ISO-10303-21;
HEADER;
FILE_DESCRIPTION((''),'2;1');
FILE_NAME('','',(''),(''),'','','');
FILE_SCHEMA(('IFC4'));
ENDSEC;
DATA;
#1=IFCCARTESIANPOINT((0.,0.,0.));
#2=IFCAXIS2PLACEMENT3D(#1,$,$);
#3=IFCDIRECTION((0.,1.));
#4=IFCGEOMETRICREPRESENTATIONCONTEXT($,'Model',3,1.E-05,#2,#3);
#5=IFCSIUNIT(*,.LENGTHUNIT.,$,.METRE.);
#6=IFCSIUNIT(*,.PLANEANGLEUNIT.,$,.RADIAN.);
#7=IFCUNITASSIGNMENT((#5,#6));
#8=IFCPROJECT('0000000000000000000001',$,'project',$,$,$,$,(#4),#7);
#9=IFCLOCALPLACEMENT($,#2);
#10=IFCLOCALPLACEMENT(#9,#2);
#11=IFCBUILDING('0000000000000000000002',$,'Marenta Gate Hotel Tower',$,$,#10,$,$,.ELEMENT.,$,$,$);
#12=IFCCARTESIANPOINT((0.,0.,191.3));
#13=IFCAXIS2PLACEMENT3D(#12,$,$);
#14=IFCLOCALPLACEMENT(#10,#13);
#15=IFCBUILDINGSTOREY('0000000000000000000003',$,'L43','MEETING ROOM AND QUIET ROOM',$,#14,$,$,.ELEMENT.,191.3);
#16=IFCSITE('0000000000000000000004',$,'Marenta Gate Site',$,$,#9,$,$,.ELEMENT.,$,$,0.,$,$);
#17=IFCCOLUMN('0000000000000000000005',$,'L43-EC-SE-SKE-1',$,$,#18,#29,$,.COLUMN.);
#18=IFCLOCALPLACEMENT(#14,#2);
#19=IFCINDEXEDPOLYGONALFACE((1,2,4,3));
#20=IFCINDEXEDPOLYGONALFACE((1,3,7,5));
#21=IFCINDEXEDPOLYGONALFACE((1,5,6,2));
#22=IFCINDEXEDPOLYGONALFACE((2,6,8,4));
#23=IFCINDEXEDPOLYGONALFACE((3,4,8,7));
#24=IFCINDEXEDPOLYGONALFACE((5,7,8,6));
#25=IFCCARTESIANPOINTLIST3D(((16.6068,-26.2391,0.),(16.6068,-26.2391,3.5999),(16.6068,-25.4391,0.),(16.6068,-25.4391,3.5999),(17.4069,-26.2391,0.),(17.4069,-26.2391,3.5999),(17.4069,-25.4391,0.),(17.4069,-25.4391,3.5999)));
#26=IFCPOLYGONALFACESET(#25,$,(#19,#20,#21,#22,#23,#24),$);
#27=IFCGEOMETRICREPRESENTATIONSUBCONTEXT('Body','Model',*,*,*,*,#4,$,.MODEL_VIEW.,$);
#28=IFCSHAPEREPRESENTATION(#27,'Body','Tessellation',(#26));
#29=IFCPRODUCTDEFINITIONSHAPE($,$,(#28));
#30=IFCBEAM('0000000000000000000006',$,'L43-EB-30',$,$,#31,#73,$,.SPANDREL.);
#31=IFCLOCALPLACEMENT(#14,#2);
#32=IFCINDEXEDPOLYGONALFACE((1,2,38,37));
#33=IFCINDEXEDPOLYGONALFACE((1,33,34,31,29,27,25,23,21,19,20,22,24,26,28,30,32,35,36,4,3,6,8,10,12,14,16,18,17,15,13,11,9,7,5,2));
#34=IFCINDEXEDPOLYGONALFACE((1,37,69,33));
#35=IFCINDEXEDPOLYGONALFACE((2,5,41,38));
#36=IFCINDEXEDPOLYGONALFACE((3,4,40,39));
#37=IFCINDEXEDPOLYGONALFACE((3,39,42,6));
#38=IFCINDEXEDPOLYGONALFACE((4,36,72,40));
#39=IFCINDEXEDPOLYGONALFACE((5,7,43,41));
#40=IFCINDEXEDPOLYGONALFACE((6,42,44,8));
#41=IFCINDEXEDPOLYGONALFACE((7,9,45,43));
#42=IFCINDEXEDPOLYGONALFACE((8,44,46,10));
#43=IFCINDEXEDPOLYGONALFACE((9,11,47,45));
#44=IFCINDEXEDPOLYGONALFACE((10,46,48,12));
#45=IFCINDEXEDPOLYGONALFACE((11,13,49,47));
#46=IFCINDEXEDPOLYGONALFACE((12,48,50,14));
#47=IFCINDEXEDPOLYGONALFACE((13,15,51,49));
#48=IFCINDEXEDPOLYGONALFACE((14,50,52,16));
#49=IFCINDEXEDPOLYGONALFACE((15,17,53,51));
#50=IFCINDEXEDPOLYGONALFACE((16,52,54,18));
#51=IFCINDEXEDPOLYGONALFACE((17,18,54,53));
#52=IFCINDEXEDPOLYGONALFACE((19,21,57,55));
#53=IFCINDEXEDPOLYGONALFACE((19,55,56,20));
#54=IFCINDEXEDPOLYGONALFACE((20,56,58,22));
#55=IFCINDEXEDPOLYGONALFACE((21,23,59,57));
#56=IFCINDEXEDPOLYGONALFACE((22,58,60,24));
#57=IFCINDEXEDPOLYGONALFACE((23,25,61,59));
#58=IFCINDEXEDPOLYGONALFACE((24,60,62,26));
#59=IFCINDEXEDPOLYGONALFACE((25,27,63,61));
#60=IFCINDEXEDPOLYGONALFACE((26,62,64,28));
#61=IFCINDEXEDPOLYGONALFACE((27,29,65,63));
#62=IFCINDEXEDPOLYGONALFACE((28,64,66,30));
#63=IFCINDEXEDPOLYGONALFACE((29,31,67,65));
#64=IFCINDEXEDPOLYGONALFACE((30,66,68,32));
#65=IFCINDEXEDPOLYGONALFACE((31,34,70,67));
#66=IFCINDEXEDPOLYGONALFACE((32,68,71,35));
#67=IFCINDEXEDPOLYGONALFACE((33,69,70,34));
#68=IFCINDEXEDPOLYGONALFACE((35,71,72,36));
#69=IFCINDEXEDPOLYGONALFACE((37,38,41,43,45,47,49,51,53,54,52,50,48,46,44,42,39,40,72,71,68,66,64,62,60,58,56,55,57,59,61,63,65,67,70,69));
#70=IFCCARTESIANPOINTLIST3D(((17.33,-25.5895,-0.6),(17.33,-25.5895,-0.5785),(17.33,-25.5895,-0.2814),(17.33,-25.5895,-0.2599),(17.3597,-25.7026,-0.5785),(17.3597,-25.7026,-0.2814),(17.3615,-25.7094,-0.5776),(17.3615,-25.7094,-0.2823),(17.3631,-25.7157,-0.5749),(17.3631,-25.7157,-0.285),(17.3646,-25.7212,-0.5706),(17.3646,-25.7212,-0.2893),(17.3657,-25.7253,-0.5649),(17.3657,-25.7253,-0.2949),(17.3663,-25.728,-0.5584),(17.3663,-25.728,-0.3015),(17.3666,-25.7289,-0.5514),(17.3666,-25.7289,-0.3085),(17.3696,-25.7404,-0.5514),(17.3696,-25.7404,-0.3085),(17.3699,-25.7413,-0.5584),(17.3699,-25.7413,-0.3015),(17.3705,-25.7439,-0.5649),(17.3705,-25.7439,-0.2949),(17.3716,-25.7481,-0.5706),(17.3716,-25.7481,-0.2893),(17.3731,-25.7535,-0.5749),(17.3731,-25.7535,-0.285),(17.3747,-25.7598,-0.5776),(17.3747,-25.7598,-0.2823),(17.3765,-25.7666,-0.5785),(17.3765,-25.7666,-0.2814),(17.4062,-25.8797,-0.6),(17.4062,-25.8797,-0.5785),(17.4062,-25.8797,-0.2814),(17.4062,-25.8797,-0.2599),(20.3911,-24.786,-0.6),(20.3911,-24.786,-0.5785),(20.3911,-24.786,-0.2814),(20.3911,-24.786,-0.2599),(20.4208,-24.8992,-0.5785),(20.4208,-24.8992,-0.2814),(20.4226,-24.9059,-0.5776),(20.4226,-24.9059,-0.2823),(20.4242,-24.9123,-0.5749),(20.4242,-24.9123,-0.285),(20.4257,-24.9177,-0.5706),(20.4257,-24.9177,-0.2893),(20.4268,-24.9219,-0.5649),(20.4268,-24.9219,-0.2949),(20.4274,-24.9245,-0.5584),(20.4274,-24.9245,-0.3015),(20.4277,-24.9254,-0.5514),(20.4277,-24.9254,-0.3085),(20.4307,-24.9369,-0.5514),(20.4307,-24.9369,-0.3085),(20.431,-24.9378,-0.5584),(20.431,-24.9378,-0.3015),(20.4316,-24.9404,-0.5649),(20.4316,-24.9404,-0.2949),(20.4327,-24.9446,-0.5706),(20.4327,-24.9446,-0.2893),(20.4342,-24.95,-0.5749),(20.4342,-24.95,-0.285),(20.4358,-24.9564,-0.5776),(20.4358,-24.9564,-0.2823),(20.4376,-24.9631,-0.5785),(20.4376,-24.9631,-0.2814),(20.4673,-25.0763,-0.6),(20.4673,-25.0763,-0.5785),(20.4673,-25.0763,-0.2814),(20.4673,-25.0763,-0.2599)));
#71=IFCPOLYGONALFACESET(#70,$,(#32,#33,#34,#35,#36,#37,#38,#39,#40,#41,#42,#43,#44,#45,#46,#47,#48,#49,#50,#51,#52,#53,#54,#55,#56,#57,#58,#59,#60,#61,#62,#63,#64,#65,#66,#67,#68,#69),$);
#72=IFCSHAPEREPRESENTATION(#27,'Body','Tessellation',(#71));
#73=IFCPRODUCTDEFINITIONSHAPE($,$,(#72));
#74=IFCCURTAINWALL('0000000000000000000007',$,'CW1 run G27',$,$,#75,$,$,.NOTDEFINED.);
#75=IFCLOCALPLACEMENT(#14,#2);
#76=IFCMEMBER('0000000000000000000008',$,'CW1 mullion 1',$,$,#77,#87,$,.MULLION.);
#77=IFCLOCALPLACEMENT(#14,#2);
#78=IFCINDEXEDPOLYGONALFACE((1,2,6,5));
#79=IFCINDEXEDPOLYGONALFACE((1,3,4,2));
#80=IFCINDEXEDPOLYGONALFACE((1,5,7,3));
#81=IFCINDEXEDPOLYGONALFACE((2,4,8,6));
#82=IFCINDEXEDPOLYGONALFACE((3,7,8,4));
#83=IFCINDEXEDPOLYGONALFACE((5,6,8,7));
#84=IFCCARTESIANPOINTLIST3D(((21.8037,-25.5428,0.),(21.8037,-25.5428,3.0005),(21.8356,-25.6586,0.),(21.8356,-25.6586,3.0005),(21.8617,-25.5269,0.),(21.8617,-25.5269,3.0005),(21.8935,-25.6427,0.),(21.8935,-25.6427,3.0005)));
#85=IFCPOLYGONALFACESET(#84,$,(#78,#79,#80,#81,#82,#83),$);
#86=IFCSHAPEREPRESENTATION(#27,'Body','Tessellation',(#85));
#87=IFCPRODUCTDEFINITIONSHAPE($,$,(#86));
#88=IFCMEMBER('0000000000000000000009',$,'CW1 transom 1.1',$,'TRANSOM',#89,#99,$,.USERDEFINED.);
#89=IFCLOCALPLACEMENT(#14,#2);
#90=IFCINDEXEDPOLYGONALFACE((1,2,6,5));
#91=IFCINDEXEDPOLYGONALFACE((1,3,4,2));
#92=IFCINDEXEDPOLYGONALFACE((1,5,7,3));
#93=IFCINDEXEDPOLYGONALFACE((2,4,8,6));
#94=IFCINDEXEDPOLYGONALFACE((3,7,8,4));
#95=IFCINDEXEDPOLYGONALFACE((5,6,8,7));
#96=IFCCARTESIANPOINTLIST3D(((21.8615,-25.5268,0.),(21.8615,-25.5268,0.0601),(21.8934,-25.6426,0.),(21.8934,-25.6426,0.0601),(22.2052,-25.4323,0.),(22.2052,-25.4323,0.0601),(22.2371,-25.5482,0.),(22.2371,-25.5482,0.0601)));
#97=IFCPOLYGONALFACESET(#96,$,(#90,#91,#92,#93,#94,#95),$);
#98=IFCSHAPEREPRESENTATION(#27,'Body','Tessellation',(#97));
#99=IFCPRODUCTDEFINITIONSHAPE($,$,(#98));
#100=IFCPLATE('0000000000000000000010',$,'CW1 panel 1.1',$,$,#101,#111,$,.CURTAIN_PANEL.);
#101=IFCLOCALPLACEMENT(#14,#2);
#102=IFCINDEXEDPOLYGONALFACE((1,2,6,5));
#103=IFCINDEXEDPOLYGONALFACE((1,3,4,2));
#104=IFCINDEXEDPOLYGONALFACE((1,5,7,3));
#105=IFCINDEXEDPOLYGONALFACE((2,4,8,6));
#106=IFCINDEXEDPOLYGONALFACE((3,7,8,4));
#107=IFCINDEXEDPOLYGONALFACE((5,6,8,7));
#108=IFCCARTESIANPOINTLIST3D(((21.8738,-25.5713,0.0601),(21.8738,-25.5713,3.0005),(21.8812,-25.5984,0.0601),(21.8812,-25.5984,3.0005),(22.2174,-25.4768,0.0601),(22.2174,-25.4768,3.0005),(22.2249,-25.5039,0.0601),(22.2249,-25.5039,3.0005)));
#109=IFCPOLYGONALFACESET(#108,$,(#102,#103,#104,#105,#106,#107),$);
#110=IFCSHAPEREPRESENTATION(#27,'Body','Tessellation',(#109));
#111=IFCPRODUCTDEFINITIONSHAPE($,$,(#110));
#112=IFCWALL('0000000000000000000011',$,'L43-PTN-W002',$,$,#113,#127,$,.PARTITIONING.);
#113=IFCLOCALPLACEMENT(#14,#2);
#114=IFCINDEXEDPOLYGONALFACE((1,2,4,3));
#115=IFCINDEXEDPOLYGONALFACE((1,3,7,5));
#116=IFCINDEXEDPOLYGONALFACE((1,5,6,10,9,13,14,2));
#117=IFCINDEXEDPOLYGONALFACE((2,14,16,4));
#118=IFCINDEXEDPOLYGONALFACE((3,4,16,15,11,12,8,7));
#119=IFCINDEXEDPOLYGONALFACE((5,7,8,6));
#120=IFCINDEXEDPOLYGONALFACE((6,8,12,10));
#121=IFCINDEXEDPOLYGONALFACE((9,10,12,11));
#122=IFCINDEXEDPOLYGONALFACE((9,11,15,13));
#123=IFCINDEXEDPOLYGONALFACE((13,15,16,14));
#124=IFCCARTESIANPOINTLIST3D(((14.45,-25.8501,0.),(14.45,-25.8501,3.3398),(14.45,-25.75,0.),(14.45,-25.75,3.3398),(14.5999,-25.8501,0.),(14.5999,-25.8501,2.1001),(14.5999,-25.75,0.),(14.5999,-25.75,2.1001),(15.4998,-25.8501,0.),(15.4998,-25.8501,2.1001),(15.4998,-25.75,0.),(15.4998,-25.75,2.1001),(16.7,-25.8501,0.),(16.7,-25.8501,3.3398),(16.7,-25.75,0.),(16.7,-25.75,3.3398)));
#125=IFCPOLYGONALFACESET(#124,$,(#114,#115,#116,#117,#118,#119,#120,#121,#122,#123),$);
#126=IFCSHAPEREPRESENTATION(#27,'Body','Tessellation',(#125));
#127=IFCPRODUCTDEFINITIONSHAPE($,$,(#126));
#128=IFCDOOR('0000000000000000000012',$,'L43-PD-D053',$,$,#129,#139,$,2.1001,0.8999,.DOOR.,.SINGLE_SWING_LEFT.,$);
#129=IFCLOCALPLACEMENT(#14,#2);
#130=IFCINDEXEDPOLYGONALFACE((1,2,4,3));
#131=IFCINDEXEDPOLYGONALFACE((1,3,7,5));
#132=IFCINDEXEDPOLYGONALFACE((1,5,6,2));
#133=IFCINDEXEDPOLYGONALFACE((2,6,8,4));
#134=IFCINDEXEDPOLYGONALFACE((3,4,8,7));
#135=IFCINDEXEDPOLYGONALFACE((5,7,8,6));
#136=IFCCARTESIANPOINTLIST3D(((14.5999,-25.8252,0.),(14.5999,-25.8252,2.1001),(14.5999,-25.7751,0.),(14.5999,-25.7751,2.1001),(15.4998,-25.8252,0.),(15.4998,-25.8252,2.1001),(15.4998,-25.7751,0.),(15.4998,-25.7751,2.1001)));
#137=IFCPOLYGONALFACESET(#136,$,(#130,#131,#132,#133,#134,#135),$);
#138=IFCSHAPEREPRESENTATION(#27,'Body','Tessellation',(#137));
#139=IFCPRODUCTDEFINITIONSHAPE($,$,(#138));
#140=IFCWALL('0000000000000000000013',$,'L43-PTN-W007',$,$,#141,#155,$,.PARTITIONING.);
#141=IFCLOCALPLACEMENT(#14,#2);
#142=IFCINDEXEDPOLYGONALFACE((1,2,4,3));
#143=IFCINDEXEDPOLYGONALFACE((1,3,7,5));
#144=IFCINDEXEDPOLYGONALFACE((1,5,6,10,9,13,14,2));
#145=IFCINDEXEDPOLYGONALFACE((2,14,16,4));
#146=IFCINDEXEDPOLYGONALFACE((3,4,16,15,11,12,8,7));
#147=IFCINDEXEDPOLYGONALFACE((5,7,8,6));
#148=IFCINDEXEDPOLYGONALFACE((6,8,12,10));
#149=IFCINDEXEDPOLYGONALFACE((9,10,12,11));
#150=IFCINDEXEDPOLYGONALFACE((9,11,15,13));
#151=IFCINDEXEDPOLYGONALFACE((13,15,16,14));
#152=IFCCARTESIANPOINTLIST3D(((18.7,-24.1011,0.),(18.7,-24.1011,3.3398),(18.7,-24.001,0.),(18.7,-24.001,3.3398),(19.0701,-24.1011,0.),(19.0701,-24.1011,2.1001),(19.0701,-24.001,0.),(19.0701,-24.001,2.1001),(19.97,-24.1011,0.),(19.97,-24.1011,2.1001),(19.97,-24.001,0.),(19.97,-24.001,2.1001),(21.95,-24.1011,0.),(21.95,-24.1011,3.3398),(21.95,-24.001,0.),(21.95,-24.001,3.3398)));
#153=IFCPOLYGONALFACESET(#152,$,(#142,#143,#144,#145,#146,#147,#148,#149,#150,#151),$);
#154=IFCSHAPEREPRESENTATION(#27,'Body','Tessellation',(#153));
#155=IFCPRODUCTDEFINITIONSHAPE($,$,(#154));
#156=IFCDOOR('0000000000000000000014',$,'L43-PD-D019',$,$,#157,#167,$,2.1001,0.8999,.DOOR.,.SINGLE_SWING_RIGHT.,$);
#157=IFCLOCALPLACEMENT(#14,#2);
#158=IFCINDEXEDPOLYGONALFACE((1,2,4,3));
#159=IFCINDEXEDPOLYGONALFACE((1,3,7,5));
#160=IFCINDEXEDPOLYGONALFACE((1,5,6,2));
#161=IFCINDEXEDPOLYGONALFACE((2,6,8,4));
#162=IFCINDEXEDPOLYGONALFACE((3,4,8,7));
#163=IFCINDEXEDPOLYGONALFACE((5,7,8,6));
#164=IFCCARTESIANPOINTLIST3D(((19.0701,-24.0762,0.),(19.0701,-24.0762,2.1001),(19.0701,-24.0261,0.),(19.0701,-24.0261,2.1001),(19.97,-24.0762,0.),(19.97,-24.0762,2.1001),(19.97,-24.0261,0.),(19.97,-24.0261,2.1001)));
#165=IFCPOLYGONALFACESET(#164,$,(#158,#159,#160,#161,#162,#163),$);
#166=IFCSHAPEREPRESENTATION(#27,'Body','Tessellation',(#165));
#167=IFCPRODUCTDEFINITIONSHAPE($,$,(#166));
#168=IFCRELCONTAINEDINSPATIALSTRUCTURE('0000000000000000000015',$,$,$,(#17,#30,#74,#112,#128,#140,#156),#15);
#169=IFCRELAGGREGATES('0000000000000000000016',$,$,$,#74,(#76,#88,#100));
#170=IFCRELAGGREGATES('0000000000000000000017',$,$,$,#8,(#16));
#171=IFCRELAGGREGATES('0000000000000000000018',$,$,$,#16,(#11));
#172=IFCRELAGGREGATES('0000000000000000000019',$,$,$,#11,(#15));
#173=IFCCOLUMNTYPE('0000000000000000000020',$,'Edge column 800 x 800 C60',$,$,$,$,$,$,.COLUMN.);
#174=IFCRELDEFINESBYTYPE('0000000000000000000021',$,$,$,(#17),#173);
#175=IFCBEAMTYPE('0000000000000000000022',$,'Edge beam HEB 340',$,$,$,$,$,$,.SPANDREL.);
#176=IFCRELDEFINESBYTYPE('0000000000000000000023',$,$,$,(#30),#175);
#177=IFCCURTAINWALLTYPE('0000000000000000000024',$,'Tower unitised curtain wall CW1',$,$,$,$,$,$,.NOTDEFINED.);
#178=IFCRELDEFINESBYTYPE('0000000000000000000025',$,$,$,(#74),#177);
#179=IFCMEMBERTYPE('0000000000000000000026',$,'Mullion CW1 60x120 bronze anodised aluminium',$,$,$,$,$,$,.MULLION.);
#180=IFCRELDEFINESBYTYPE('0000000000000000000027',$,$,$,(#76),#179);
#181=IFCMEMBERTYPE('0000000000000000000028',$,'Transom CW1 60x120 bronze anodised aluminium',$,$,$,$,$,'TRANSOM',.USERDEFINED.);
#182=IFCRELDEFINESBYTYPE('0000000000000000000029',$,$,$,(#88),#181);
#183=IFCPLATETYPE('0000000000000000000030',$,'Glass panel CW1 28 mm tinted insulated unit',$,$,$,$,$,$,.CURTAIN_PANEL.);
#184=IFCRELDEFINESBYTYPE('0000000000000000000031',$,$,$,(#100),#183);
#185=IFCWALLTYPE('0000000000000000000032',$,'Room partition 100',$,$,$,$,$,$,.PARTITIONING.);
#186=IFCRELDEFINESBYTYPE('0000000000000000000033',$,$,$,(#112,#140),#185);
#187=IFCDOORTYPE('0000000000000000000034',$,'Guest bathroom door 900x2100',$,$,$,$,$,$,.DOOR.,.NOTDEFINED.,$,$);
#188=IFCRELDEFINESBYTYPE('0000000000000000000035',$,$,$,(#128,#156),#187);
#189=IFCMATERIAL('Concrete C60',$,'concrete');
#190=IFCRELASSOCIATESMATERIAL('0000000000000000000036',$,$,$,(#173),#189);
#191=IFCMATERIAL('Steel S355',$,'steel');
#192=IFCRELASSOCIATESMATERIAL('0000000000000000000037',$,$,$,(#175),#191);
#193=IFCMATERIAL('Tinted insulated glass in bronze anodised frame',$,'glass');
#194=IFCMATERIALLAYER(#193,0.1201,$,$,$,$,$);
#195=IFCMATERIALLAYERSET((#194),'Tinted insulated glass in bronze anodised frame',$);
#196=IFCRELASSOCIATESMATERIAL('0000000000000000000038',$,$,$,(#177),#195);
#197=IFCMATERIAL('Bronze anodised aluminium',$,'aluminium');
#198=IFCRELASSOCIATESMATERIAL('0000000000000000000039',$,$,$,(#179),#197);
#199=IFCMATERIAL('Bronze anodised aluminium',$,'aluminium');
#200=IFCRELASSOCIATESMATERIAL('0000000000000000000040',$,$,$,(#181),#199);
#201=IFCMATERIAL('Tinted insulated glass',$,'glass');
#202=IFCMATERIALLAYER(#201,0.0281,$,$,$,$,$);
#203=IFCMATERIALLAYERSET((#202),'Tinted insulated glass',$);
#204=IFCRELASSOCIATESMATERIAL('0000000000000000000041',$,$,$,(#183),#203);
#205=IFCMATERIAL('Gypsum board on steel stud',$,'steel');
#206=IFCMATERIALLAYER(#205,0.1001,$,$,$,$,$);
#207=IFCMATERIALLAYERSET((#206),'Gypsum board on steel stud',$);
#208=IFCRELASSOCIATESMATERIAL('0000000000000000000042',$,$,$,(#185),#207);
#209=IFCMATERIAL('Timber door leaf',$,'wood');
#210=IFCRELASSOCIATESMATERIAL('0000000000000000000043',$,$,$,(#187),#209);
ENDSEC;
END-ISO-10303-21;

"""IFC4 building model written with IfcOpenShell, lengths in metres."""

from ifc_helpers import new_model, si_unit, direction, frame, frame_2d, origin, origin_2d, place, context, subcontext, project, spatial, rectangle, i_section, extrude, material, layer, layer_set, material_profile, profile_set, type_object, element, fill, aggregate, save


model = new_model("IFC4")

# Units and contexts
model_context = context("Model", 3, precision=1e-05, world=origin(), true_north=direction((0.0, 1.0)))
body_context = subcontext(model_context, "Body", "Model", "MODEL_VIEW")
ifc_project = project(units=[si_unit("LENGTHUNIT", "METRE"), si_unit("PLANEANGLEUNIT", "RADIAN")], contexts=[model_context])

# Site, building, storey
site_placement = place(None, origin())
site = spatial("IfcSite", under=ifc_project, at=site_placement, Name="Marenta Gate Site", CompositionType="ELEMENT", RefElevation=0.0)
building_placement = place(site_placement, origin())
building = spatial("IfcBuilding", under=site, at=building_placement, Name="Marenta Gate Hotel Tower", CompositionType="ELEMENT")
storey_placement = place(building_placement, frame((0.0, 0.0, 191.3)))
storey = spatial("IfcBuildingStorey", under=building, at=storey_placement, Name="L43", Description="MEETING ROOM AND QUIET ROOM", CompositionType="ELEMENT", Elevation=191.3)

# Column
ifc_material_1 = material(Name="Concrete C60", Category="concrete")
ifc_material_profile_1 = material_profile(ifc_material_1, rectangle(XDim=0.8, YDim=0.8, at=origin_2d()), Name="800 x 800")
ifc_profile_set_1 = profile_set([ifc_material_profile_1], Name="Concrete C60")
column_type = type_object("IfcColumnType", Name="Edge column 800 x 800 C60", PredefinedType="COLUMN", material=ifc_profile_set_1)
column_placement = place(storey_placement, frame((17.0068, -25.8391, 0.0), z_axis=(0.0, 0.0, 1.0), x_axis=(1.0, 0.0, 0.0)))
element("IfcColumn", 1, at=column_placement, inside=storey, type_object=column_type, Name="L43-EC-SE-SKE-1", PredefinedType="COLUMN", context=body_context, shape_type="SweptSolid", body=[
    extrude(rectangle(XDim=0.8, YDim=0.8, at=origin_2d()), origin(), (0.0, 0.0, 1.0), 3.5999),
])

# Beam
ifc_material_2 = material(Name="Steel S355", Category="steel")
ifc_material_profile_2 = material_profile(ifc_material_2, i_section(OverallWidth=0.3, OverallDepth=0.3401, WebThickness=0.012, FlangeThickness=0.0215, FilletRadius=0.0271, at=origin_2d()), Name="HEB 340")
ifc_profile_set_2 = profile_set([ifc_material_profile_2], Name="Steel S355")
beam_type = type_object("IfcBeamType", Name="Edge beam HEB 340", PredefinedType="SPANDREL", material=ifc_profile_set_2)
beam_placement = place(storey_placement, frame((20.4292, -24.9312, -0.4299), z_axis=(-0.967235, -0.253882, 0.0), x_axis=(0.253882, -0.967235, 0.0)))
element("IfcBeam", 2, at=beam_placement, inside=storey, type_object=beam_type, Name="L43-EB-30", PredefinedType="SPANDREL", context=body_context, shape_type="SweptSolid", body=[
    extrude(i_section(OverallWidth=0.3, OverallDepth=0.3401, WebThickness=0.012, FlangeThickness=0.0215, FilletRadius=0.0271, at=origin_2d()), origin(), (0.0, 0.0, 1.0), 3.1648),
])

# Curtain wall, members, plate
ifc_material_3 = material(Name="Tinted insulated glass in bronze anodised frame", Category="glass")
ifc_layer_1 = layer(ifc_material_3, 0.1201)
ifc_layer_set_1 = layer_set([ifc_layer_1], Name="Tinted insulated glass in bronze anodised frame")
curtain_wall_type = type_object("IfcCurtainWallType", Name="Tower unitised curtain wall CW1", PredefinedType="NOTDEFINED", material=ifc_layer_set_1)
curtain_wall_placement = place(storey_placement, origin())
curtain_wall = element("IfcCurtainWall", 3, at=curtain_wall_placement, inside=storey, type_object=curtain_wall_type, Name="CW1 run G27", PredefinedType="NOTDEFINED")
ifc_material_4 = material(Name="Bronze anodised aluminium", Category="aluminium")
ifc_material_profile_3 = material_profile(ifc_material_4, rectangle(XDim=0.1201, YDim=0.0601, at=origin_2d()), Name="Mullion CW1 60x120 bronze anodised aluminium")
ifc_profile_set_3 = profile_set([ifc_material_profile_3], Name="Bronze anodised aluminium")
member_type_1 = type_object("IfcMemberType", Name="Mullion CW1 60x120 bronze anodised aluminium", PredefinedType="MULLION", material=ifc_profile_set_3)
member_1_placement = place(storey_placement, frame((21.8486, -25.5928, 0.0), z_axis=(0.0, 0.0, 1.0), x_axis=(-0.265283, 0.964171, 0.0)))
member_1 = element("IfcMember", 4, at=member_1_placement, type_object=member_type_1, Name="CW1 mullion 1", PredefinedType="MULLION", context=body_context, shape_type="SweptSolid", body=[
    extrude(rectangle(XDim=0.1201, YDim=0.0601, at=origin_2d()), origin(), (0.0, 0.0, 1.0), 3.0005),
])
ifc_material_5 = material(Name="Bronze anodised aluminium", Category="aluminium")
ifc_material_profile_4 = material_profile(ifc_material_5, rectangle(XDim=0.1201, YDim=0.0601, at=origin_2d()), Name="Transom CW1 60x120 bronze anodised aluminium")
ifc_profile_set_4 = profile_set([ifc_material_profile_4], Name="Bronze anodised aluminium")
member_type_2 = type_object("IfcMemberType", Name="Transom CW1 60x120 bronze anodised aluminium", ElementType="TRANSOM", PredefinedType="USERDEFINED", material=ifc_profile_set_4)
member_2_placement = place(storey_placement, frame((21.8774, -25.5847, 0.03), z_axis=(0.96424, 0.265029, 0.0), x_axis=(-0.265029, 0.96424, 0.0)))
member_2 = element("IfcMember", 5, at=member_2_placement, type_object=member_type_2, Name="CW1 transom 1.1", ObjectType="TRANSOM", PredefinedType="USERDEFINED", context=body_context, shape_type="SweptSolid", body=[
    extrude(rectangle(XDim=0.1201, YDim=0.0601, at=origin_2d()), origin(), (0.0, 0.0, 1.0), 0.3564),
])
ifc_material_6 = material(Name="Tinted insulated glass", Category="glass")
ifc_layer_2 = layer(ifc_material_6, 0.0281)
ifc_layer_set_2 = layer_set([ifc_layer_2], Name="Tinted insulated glass")
plate_type = type_object("IfcPlateType", Name="Glass panel CW1 28 mm tinted insulated unit", PredefinedType="CURTAIN_PANEL", material=ifc_layer_set_2)
plate_placement = place(storey_placement, frame((22.0493, -25.5376, 0.0601), z_axis=(0.0, 0.0, 1.0), x_axis=(0.964171, 0.265283, 0.0)))
plate = element("IfcPlate", 6, at=plate_placement, type_object=plate_type, Name="CW1 panel 1.1", PredefinedType="CURTAIN_PANEL", context=body_context, shape_type="SweptSolid", body=[
    extrude(rectangle(XDim=0.3564, YDim=0.0281, at=origin_2d()), origin(), (0.0, 0.0, 1.0), 2.9404),
])
aggregate(curtain_wall, [member_1, member_2, plate])

# Walls, openings, doors
ifc_material_7 = material(Name="Gypsum board on steel stud", Category="steel")
ifc_layer_3 = layer(ifc_material_7, 0.1001)
ifc_layer_set_3 = layer_set([ifc_layer_3], Name="Gypsum board on steel stud")
wall_type_1 = type_object("IfcWallType", Name="Room partition 100", PredefinedType="PARTITIONING", material=ifc_layer_set_3)
wall_1_placement = place(storey_placement, frame((14.45, -25.8, 0.0), z_axis=(0.0, 0.0, 1.0), x_axis=(1.0, 0.0, 0.0)))
wall_1 = element("IfcWall", 7, at=wall_1_placement, inside=storey, type_object=wall_type_1, Name="L43-PTN-W002", PredefinedType="PARTITIONING", context=body_context, shape_type="SweptSolid", body=[
    extrude(rectangle(XDim=2.25, YDim=0.1001, at=frame_2d((1.125, 0.0))), origin(), (0.0, 0.0, 1.0), 3.3398),
])
opening_1_placement = place(wall_1_placement, frame((0.1499, 0.0, 0.0)))
opening_1 = element("IfcOpeningElement", 8, at=opening_1_placement, cuts=wall_1, PredefinedType="OPENING", context=body_context, shape_type="SweptSolid", body=[
    extrude(rectangle(XDim=0.8999, YDim=2.1001, at=frame_2d((0.45, 1.05))), frame((0.0, 0.05, 0.0), z_axis=(0.0, -1.0, 0.0), x_axis=(1.0, 0.0, 0.0)), (0.0, 0.0, 1.0), 0.1001),
])
ifc_material_8 = material(Name="Timber door leaf", Category="wood")
door_type = type_object("IfcDoorType", Name="Guest bathroom door 900x2100", OperationType="NOTDEFINED", PredefinedType="DOOR", material=ifc_material_8)
door_1_placement = place(opening_1_placement, origin())
door_1 = element("IfcDoor", 9, at=door_1_placement, inside=storey, type_object=door_type, Name="L43-PD-D053", OperationType="SINGLE_SWING_LEFT", OverallHeight=2.1001, OverallWidth=0.8999, PredefinedType="DOOR", context=body_context, shape_type="SweptSolid", body=[
    extrude(rectangle(XDim=0.8999, YDim=2.1001, at=frame_2d((0.45, 1.05))), frame((0.0, 0.0249, 0.0), z_axis=(0.0, -1.0, 0.0), x_axis=(1.0, 0.0, 0.0)), (0.0, 0.0, 1.0), 0.05),
])
fill(opening_1, door_1)
wall_2_placement = place(storey_placement, frame((18.7, -24.051, 0.0), z_axis=(0.0, 0.0, 1.0), x_axis=(1.0, 0.0, 0.0)))
wall_2 = element("IfcWall", 10, at=wall_2_placement, inside=storey, type_object=wall_type_1, Name="L43-PTN-W007", PredefinedType="PARTITIONING", context=body_context, shape_type="SweptSolid", body=[
    extrude(rectangle(XDim=3.25, YDim=0.1001, at=frame_2d((1.625, 0.0))), origin(), (0.0, 0.0, 1.0), 3.3398),
])
opening_2_placement = place(wall_2_placement, frame((0.3701, 0.0, 0.0)))
opening_2 = element("IfcOpeningElement", 11, at=opening_2_placement, cuts=wall_2, PredefinedType="OPENING", context=body_context, shape_type="SweptSolid", body=[
    extrude(rectangle(XDim=0.8999, YDim=2.1001, at=frame_2d((0.45, 1.05))), frame((0.0, 0.05, 0.0), z_axis=(0.0, -1.0, 0.0), x_axis=(1.0, 0.0, 0.0)), (0.0, 0.0, 1.0), 0.1001),
])
door_2_placement = place(opening_2_placement, origin())
door_2 = element("IfcDoor", 12, at=door_2_placement, inside=storey, type_object=door_type, Name="L43-PD-D019", OperationType="SINGLE_SWING_RIGHT", OverallHeight=2.1001, OverallWidth=0.8999, PredefinedType="DOOR", context=body_context, shape_type="SweptSolid", body=[
    extrude(rectangle(XDim=0.8999, YDim=2.1001, at=frame_2d((0.45, 1.05))), frame((0.0, 0.0249, 0.0), z_axis=(0.0, -1.0, 0.0), x_axis=(1.0, 0.0, 0.0)), (0.0, 0.0, 1.0), 0.05),
])
fill(opening_2, door_2)

save(model, "model.ifc")
